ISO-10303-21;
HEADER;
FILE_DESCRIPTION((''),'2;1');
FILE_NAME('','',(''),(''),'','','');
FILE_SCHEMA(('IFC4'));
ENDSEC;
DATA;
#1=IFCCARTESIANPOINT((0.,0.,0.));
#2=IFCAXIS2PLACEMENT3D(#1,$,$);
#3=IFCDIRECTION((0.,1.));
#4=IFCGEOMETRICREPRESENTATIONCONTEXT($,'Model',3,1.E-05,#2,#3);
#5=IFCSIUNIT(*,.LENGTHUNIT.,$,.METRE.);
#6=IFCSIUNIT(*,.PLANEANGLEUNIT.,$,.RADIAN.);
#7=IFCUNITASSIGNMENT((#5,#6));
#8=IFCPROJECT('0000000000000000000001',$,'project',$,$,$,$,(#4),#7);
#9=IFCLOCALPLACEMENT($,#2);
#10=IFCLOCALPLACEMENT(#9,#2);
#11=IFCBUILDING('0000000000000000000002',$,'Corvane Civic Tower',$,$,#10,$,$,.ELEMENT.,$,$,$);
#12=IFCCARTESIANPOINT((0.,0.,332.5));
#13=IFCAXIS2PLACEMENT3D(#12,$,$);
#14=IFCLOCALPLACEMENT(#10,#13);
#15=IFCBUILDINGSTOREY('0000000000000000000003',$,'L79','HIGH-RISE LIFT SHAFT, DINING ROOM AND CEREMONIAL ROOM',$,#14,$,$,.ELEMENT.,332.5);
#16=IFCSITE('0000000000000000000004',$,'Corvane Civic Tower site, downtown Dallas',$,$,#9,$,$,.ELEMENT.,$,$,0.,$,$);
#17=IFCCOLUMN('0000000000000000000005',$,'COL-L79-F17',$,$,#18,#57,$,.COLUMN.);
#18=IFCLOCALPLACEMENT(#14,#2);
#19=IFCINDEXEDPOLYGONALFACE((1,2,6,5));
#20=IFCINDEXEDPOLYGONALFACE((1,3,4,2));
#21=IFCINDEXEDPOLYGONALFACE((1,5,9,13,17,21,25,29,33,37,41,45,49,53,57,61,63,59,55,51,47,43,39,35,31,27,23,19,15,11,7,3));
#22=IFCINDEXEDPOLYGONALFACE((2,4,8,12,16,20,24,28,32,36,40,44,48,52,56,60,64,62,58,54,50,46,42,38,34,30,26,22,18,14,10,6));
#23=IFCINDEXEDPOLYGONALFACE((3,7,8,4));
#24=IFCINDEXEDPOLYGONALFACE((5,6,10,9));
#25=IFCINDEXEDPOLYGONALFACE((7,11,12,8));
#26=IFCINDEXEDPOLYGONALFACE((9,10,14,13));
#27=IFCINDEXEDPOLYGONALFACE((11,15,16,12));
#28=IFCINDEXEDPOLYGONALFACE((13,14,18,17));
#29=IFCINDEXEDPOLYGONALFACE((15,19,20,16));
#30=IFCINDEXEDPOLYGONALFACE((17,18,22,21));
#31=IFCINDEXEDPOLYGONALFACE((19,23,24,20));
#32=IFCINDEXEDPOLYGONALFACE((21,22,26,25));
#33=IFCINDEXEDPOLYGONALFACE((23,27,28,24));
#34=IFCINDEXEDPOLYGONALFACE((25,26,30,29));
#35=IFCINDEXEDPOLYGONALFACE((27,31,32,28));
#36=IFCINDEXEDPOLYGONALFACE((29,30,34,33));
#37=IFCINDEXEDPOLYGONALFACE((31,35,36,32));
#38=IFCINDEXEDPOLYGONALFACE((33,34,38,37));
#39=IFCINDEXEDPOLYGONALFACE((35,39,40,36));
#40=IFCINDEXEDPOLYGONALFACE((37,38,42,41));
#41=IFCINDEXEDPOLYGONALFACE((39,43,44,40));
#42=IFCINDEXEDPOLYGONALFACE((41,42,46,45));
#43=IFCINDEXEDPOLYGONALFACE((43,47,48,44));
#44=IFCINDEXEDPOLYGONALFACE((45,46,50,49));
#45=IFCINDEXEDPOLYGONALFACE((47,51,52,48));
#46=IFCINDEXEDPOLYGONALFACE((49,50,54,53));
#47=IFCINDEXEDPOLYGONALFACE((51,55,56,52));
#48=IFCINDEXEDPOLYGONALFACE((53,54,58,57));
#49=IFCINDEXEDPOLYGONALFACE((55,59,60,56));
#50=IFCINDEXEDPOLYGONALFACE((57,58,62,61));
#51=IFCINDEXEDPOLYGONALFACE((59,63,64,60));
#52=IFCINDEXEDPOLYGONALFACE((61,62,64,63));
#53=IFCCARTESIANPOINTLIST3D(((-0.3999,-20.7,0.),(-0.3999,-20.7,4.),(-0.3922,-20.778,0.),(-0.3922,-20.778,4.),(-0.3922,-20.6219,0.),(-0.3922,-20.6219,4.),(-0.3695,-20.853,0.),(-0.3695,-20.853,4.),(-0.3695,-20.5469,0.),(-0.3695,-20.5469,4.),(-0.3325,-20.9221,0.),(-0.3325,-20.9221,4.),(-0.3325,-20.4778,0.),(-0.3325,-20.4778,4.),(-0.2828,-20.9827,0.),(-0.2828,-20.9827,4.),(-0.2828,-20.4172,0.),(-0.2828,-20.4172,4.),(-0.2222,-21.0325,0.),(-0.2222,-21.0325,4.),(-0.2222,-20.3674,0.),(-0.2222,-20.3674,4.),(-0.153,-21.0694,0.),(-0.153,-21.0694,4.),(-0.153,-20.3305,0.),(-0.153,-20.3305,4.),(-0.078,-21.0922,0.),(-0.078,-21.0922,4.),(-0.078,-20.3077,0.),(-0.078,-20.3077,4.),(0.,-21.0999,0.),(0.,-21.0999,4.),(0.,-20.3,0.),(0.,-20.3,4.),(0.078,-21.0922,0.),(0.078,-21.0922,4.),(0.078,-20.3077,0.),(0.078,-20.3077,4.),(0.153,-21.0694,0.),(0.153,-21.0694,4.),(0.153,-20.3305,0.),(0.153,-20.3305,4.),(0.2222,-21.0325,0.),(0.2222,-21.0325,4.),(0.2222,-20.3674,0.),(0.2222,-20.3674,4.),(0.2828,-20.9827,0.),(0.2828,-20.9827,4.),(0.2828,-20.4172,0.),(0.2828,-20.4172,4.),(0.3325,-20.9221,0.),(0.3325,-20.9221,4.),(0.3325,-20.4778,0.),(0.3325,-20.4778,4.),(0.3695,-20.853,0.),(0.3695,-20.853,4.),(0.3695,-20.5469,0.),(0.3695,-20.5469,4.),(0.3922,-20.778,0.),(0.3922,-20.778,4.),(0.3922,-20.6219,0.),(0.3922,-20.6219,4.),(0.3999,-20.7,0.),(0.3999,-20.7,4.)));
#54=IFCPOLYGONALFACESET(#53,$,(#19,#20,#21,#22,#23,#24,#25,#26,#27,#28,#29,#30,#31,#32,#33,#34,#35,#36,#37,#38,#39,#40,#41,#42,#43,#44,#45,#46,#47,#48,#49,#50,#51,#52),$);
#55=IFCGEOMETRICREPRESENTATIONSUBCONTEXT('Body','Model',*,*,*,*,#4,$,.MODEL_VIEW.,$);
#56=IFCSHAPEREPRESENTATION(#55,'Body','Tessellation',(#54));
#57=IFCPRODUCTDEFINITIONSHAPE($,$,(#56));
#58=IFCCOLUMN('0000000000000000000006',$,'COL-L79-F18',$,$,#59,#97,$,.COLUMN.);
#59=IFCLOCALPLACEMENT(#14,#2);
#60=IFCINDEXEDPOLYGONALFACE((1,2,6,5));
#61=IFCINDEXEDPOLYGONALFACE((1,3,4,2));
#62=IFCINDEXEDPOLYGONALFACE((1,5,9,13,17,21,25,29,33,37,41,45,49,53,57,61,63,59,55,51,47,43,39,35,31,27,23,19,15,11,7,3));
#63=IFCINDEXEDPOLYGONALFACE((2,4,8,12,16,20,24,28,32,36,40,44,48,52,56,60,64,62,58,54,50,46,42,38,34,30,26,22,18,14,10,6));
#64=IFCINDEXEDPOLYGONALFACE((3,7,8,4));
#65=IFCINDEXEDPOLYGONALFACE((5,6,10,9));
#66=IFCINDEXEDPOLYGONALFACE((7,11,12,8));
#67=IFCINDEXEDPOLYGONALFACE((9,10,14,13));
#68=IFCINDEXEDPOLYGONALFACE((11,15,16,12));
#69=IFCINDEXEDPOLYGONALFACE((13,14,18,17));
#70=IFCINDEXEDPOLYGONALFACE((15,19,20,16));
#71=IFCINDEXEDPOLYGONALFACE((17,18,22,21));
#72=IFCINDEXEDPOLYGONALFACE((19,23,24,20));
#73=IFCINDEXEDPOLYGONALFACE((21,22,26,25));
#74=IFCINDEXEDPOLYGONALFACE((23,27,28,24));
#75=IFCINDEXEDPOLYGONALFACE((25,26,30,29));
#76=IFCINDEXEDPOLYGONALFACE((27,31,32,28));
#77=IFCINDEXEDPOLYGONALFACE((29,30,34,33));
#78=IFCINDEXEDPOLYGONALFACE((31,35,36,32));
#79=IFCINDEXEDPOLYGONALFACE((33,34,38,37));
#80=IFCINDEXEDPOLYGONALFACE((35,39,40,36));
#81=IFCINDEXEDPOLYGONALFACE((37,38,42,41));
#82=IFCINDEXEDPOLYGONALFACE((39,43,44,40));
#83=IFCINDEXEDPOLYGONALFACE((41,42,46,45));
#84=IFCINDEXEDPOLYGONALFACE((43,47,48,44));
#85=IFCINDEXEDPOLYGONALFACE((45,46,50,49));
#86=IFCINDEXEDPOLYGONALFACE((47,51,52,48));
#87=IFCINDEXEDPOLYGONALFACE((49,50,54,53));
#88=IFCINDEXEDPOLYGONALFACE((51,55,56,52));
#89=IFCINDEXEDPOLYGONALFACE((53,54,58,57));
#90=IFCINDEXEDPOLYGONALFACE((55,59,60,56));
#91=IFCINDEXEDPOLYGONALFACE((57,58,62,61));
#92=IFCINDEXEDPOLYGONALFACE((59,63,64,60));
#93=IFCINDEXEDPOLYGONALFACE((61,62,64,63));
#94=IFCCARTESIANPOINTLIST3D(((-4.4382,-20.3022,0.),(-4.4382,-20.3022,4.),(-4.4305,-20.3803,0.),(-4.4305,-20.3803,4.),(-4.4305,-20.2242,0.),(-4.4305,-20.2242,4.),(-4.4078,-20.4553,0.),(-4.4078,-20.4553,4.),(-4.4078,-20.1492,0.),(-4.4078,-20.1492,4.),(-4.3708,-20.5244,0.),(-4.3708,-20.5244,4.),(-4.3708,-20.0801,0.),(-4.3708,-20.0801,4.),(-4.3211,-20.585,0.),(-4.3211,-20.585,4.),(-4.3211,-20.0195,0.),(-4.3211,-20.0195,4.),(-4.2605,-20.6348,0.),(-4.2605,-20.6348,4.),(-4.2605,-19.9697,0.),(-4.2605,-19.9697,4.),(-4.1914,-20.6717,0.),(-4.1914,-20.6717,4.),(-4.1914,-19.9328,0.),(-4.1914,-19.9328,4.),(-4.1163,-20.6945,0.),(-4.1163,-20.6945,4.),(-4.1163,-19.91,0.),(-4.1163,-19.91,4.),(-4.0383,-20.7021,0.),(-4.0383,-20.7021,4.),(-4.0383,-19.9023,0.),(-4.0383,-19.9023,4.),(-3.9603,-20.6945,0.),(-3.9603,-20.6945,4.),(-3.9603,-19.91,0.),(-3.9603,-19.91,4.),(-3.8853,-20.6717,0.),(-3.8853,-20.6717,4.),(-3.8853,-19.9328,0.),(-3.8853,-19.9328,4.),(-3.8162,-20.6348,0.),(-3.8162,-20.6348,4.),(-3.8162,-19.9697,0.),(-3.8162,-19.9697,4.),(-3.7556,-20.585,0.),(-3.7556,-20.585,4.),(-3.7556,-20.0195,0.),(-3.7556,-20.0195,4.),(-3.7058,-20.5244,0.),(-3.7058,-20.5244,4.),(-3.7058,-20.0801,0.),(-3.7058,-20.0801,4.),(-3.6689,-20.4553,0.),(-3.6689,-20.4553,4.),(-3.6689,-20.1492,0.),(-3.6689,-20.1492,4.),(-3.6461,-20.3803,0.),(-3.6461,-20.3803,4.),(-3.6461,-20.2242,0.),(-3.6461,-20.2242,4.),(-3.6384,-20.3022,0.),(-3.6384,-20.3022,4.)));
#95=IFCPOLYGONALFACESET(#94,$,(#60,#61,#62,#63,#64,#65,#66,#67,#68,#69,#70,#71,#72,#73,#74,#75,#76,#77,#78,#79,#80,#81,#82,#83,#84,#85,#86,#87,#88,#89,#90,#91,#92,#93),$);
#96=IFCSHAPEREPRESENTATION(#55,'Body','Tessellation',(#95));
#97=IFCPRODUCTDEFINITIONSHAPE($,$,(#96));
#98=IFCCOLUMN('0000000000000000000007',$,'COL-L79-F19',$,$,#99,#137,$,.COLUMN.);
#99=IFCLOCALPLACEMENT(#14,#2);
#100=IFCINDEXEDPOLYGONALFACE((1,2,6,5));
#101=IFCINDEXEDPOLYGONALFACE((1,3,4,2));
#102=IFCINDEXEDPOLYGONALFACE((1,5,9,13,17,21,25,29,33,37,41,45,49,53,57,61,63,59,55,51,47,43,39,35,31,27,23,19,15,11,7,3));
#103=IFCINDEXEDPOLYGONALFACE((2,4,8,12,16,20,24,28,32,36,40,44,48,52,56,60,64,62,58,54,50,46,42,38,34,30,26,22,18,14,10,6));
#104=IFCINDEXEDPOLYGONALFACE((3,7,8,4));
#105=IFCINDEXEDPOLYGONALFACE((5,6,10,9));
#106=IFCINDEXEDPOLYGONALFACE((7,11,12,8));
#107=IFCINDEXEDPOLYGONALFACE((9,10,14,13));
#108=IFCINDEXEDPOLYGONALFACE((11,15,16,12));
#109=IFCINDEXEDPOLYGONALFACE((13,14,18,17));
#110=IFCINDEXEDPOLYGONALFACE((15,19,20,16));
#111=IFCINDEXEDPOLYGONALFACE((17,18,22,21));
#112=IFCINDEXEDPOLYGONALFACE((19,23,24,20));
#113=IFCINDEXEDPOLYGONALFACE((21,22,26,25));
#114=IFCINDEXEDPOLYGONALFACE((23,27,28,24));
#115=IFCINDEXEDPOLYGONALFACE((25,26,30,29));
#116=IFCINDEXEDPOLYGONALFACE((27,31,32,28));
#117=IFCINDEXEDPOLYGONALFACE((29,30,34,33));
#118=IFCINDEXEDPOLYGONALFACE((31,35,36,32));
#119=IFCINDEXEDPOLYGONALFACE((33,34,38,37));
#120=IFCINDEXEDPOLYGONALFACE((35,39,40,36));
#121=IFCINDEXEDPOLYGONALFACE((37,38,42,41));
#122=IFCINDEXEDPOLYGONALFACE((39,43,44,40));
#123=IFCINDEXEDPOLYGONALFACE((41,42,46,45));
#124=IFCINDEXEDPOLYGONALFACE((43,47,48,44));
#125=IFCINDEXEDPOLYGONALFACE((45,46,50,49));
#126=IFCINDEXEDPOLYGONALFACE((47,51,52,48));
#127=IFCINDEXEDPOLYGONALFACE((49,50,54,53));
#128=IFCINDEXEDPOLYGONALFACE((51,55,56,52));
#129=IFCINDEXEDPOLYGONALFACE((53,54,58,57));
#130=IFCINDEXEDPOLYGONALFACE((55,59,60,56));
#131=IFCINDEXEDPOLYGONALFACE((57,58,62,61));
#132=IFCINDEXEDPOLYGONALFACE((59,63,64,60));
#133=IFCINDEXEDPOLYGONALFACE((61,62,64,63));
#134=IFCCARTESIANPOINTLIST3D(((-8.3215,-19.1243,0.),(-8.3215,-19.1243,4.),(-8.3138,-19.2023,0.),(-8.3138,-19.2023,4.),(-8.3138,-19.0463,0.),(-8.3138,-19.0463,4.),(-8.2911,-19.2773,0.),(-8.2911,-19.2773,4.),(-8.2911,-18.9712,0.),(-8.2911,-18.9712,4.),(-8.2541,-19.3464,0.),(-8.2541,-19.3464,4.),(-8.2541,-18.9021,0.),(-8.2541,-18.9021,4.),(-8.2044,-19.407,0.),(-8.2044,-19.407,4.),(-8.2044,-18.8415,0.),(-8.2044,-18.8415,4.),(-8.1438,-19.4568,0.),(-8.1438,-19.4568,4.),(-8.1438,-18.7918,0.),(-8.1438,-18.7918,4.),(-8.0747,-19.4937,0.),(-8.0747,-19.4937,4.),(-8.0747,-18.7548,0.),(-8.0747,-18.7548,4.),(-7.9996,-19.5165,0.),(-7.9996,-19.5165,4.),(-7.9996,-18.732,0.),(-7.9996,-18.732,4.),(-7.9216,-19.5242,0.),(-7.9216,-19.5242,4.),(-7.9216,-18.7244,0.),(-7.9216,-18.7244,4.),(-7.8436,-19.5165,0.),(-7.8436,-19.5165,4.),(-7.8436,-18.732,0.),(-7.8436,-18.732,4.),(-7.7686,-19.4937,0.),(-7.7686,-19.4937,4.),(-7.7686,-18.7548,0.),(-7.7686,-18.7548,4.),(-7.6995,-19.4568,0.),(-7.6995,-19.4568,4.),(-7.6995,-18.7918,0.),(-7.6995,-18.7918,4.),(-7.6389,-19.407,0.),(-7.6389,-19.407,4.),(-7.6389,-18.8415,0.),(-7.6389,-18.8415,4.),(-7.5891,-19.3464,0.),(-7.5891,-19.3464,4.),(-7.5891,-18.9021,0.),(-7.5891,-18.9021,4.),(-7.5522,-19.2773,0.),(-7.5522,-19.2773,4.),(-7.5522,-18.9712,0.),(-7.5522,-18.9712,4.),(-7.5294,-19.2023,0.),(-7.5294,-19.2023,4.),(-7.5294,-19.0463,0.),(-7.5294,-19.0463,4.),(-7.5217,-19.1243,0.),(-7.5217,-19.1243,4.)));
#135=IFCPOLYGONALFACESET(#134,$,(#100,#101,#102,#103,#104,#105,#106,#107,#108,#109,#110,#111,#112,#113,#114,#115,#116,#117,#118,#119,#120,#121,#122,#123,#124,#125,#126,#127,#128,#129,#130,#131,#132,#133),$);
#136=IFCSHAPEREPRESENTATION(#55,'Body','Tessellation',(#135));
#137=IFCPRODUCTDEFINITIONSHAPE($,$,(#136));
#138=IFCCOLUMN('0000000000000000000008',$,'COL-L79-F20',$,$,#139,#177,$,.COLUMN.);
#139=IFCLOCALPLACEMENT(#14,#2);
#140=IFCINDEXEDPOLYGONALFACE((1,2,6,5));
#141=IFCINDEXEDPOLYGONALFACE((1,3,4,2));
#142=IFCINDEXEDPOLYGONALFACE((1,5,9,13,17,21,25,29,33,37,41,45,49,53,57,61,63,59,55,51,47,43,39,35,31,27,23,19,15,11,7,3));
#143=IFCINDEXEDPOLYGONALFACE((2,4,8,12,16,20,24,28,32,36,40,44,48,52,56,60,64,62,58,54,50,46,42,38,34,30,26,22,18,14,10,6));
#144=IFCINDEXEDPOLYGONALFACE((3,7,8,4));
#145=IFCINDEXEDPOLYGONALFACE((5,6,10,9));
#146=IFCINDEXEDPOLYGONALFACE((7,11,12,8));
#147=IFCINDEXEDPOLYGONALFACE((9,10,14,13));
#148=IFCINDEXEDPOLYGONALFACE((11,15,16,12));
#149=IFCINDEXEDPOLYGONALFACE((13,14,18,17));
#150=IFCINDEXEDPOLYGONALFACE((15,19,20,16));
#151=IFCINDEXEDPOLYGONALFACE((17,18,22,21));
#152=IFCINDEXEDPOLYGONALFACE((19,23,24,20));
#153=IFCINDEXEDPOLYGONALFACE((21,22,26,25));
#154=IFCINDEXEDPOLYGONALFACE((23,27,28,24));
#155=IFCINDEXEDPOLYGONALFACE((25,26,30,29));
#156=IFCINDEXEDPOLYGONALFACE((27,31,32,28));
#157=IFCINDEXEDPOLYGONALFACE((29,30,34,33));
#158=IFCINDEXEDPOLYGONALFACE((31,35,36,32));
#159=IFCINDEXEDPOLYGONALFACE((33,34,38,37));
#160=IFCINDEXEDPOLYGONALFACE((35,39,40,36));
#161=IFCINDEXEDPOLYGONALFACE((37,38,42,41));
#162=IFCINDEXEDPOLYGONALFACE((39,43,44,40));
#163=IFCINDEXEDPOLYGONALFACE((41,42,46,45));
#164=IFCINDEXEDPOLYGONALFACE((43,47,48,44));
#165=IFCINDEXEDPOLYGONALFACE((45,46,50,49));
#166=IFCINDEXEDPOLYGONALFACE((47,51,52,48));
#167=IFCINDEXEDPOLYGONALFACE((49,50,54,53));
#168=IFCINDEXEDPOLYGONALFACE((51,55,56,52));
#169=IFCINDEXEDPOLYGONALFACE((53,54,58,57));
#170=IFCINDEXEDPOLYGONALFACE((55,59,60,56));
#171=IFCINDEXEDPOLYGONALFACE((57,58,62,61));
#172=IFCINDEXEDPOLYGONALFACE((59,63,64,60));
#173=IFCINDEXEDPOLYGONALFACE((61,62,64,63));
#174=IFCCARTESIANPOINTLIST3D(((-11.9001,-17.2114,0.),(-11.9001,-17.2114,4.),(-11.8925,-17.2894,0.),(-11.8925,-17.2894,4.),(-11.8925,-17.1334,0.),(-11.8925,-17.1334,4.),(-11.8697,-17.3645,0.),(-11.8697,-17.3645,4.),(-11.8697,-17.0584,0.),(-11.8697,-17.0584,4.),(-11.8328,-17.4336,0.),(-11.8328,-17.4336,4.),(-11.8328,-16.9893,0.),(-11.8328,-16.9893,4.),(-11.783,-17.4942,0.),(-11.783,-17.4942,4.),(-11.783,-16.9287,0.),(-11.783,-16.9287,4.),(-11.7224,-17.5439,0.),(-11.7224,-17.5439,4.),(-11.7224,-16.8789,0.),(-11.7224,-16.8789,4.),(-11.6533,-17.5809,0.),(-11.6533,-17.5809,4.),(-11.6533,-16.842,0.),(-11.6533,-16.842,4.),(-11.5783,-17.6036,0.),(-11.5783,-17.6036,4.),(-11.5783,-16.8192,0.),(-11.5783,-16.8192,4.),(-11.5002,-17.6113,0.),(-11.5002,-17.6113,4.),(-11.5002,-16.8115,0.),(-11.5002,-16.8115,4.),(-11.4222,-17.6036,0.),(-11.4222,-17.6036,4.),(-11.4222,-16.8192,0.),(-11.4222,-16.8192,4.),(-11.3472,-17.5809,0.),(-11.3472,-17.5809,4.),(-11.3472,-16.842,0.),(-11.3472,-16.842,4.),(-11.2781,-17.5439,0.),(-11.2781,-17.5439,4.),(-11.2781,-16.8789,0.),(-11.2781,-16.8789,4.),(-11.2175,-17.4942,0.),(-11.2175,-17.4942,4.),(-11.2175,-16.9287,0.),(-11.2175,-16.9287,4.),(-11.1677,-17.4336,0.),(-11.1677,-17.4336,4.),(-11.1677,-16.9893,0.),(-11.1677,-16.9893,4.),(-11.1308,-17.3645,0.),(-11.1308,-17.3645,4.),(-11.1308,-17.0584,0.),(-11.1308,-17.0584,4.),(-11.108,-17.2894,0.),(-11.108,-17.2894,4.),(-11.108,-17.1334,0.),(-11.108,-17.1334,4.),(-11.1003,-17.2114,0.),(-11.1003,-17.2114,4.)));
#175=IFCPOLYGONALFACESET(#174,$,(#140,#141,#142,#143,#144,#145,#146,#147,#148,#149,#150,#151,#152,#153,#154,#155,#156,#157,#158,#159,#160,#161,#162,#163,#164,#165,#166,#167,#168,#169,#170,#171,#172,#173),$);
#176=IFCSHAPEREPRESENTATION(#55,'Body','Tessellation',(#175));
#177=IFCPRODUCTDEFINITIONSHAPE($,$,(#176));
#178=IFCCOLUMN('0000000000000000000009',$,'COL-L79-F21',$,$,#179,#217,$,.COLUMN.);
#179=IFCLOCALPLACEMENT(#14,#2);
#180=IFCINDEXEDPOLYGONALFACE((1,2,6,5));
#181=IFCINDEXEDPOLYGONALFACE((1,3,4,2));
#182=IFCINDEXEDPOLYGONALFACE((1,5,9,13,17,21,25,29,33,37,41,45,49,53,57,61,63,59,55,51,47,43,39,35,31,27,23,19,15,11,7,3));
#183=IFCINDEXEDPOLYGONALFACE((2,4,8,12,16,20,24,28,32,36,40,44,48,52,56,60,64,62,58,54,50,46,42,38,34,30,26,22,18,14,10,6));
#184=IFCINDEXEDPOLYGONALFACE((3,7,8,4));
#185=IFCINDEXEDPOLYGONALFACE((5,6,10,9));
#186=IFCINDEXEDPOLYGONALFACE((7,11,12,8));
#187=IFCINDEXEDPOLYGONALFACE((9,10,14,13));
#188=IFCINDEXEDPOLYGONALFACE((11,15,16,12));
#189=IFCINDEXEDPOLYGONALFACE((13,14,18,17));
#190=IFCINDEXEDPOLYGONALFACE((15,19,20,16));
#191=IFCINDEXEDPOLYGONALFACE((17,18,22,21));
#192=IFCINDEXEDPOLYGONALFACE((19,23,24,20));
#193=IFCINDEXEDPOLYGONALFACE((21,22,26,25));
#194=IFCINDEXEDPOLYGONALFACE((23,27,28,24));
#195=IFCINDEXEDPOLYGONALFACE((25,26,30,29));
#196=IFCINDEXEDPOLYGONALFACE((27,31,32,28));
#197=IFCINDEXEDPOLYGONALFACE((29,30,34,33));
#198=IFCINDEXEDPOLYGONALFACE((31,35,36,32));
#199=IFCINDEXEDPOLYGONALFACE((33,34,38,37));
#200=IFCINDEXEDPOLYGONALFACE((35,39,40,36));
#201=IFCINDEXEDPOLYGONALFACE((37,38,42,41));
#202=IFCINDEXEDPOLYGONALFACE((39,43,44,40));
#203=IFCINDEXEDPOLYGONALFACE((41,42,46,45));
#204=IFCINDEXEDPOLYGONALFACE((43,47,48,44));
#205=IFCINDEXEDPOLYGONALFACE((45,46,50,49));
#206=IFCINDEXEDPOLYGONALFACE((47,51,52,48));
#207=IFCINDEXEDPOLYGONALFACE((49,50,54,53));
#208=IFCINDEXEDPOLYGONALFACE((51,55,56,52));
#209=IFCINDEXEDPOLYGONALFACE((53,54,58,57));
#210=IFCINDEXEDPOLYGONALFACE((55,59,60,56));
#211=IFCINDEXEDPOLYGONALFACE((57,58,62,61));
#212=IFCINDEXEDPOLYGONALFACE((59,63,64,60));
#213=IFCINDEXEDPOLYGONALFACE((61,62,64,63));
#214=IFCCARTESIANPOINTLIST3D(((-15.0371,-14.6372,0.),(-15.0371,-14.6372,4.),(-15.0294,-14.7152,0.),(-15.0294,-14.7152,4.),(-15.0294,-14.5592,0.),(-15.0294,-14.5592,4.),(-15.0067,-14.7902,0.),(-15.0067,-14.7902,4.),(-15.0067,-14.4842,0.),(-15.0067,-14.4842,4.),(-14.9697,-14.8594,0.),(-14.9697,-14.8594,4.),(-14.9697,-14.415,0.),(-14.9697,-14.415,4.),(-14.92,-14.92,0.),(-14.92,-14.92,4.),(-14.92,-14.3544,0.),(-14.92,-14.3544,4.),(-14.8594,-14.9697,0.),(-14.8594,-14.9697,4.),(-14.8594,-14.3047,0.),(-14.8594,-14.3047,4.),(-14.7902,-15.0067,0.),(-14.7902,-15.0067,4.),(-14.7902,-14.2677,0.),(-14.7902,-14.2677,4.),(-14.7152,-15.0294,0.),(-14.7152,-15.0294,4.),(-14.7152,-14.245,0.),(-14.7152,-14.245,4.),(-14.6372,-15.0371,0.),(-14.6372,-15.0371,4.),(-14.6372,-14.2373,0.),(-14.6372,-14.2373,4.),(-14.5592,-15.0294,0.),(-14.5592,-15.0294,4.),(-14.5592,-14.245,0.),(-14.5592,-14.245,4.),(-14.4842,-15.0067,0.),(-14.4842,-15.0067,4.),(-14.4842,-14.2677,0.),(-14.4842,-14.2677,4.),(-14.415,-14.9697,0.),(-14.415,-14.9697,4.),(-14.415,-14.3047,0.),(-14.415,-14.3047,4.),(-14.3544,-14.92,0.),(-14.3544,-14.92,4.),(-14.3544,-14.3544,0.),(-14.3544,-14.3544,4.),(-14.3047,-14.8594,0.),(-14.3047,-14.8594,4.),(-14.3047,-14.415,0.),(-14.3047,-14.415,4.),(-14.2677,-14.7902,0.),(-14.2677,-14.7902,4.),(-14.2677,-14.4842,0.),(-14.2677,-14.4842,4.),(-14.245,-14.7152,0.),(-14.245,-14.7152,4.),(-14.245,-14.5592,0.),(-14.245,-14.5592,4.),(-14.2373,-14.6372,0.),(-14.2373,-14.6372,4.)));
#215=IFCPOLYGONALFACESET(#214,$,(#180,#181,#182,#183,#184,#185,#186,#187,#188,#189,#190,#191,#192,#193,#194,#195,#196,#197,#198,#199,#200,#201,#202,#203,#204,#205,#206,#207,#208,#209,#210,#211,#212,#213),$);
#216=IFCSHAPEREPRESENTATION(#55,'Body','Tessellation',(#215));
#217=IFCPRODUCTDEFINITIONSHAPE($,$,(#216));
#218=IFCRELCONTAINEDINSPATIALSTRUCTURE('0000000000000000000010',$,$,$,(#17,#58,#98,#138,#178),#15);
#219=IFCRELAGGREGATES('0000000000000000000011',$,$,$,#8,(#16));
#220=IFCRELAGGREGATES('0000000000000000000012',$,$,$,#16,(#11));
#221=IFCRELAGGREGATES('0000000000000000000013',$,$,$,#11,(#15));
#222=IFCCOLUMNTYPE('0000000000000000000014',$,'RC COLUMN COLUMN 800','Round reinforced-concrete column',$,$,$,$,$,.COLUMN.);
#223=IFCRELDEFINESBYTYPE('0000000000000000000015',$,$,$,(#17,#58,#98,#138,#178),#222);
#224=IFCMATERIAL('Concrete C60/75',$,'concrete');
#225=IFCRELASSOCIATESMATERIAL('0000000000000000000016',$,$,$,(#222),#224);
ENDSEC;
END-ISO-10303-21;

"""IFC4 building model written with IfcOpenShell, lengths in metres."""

from ifc_helpers import new_model, si_unit, direction, frame, origin, origin_2d, place, context, subcontext, project, spatial, circle, extrude, material, material_profile, profile_set, type_object, element, save


model = new_model("IFC4")

# Units and contexts
model_context = context("Model", 3, precision=1e-05, world=origin(), true_north=direction((0.0, 1.0)))
body_context = subcontext(model_context, "Body", "Model", "MODEL_VIEW")
ifc_project = project(units=[si_unit("LENGTHUNIT", "METRE"), si_unit("PLANEANGLEUNIT", "RADIAN")], contexts=[model_context])

# Site, building, storey
site_placement = place(None, origin())
site = spatial("IfcSite", under=ifc_project, at=site_placement, Name="Corvane Civic Tower site, downtown Dallas", CompositionType="ELEMENT", RefElevation=0.0)
building_placement = place(site_placement, origin())
building = spatial("IfcBuilding", under=site, at=building_placement, Name="Corvane Civic Tower", CompositionType="ELEMENT")
storey_placement = place(building_placement, frame((0.0, 0.0, 332.5)))
storey = spatial("IfcBuildingStorey", under=building, at=storey_placement, Name="L79", Description="HIGH-RISE LIFT SHAFT, DINING ROOM AND CEREMONIAL ROOM", CompositionType="ELEMENT", Elevation=332.5)

# Columns
ifc_material_1 = material(Name="Concrete C60/75", Category="concrete")
ifc_material_profile_1 = material_profile(ifc_material_1, circle(Radius=0.3999, at=origin_2d()), Name="COLUMN 800")
ifc_profile_set_1 = profile_set([ifc_material_profile_1], Name="Concrete C60/75")
column_type = type_object("IfcColumnType", Name="RC COLUMN COLUMN 800", Description="Round reinforced-concrete column", PredefinedType="COLUMN", material=ifc_profile_set_1)
for number, where, z_axis, x_axis, name in (
    (1, (0.0, -20.7, 0.0), (0.0, 0.0, 1.0), (1.0, 0.0, 0.0), "COL-L79-F17"),
    (2, (-4.0383, -20.3022, 0.0), (0.0, 0.0, 1.0), (1.0, 0.0, 0.0), "COL-L79-F18"),
    (3, (-7.9216, -19.1243, 0.0), (0.0, 0.0, 1.0), (1.0, 0.0, 0.0), "COL-L79-F19"),
    (4, (-11.5002, -17.2114, 0.0), (0.0, 0.0, 1.0), (1.0, 0.0, 0.0), "COL-L79-F20"),
    (5, (-14.6372, -14.6372, 0.0), (0.0, 0.0, 1.0), (1.0, 0.0, 0.0), "COL-L79-F21"),
):
    element("IfcColumn", number, at=place(storey_placement, frame(where, z_axis=z_axis, x_axis=x_axis)), inside=storey, type_object=column_type, Name=name, PredefinedType="COLUMN", context=body_context, shape_type="SweptSolid", body=[
        extrude(circle(Radius=0.3999, at=origin_2d()), origin(), (0.0, 0.0, 1.0), 4.0),
    ])

save(model, "model.ifc")
